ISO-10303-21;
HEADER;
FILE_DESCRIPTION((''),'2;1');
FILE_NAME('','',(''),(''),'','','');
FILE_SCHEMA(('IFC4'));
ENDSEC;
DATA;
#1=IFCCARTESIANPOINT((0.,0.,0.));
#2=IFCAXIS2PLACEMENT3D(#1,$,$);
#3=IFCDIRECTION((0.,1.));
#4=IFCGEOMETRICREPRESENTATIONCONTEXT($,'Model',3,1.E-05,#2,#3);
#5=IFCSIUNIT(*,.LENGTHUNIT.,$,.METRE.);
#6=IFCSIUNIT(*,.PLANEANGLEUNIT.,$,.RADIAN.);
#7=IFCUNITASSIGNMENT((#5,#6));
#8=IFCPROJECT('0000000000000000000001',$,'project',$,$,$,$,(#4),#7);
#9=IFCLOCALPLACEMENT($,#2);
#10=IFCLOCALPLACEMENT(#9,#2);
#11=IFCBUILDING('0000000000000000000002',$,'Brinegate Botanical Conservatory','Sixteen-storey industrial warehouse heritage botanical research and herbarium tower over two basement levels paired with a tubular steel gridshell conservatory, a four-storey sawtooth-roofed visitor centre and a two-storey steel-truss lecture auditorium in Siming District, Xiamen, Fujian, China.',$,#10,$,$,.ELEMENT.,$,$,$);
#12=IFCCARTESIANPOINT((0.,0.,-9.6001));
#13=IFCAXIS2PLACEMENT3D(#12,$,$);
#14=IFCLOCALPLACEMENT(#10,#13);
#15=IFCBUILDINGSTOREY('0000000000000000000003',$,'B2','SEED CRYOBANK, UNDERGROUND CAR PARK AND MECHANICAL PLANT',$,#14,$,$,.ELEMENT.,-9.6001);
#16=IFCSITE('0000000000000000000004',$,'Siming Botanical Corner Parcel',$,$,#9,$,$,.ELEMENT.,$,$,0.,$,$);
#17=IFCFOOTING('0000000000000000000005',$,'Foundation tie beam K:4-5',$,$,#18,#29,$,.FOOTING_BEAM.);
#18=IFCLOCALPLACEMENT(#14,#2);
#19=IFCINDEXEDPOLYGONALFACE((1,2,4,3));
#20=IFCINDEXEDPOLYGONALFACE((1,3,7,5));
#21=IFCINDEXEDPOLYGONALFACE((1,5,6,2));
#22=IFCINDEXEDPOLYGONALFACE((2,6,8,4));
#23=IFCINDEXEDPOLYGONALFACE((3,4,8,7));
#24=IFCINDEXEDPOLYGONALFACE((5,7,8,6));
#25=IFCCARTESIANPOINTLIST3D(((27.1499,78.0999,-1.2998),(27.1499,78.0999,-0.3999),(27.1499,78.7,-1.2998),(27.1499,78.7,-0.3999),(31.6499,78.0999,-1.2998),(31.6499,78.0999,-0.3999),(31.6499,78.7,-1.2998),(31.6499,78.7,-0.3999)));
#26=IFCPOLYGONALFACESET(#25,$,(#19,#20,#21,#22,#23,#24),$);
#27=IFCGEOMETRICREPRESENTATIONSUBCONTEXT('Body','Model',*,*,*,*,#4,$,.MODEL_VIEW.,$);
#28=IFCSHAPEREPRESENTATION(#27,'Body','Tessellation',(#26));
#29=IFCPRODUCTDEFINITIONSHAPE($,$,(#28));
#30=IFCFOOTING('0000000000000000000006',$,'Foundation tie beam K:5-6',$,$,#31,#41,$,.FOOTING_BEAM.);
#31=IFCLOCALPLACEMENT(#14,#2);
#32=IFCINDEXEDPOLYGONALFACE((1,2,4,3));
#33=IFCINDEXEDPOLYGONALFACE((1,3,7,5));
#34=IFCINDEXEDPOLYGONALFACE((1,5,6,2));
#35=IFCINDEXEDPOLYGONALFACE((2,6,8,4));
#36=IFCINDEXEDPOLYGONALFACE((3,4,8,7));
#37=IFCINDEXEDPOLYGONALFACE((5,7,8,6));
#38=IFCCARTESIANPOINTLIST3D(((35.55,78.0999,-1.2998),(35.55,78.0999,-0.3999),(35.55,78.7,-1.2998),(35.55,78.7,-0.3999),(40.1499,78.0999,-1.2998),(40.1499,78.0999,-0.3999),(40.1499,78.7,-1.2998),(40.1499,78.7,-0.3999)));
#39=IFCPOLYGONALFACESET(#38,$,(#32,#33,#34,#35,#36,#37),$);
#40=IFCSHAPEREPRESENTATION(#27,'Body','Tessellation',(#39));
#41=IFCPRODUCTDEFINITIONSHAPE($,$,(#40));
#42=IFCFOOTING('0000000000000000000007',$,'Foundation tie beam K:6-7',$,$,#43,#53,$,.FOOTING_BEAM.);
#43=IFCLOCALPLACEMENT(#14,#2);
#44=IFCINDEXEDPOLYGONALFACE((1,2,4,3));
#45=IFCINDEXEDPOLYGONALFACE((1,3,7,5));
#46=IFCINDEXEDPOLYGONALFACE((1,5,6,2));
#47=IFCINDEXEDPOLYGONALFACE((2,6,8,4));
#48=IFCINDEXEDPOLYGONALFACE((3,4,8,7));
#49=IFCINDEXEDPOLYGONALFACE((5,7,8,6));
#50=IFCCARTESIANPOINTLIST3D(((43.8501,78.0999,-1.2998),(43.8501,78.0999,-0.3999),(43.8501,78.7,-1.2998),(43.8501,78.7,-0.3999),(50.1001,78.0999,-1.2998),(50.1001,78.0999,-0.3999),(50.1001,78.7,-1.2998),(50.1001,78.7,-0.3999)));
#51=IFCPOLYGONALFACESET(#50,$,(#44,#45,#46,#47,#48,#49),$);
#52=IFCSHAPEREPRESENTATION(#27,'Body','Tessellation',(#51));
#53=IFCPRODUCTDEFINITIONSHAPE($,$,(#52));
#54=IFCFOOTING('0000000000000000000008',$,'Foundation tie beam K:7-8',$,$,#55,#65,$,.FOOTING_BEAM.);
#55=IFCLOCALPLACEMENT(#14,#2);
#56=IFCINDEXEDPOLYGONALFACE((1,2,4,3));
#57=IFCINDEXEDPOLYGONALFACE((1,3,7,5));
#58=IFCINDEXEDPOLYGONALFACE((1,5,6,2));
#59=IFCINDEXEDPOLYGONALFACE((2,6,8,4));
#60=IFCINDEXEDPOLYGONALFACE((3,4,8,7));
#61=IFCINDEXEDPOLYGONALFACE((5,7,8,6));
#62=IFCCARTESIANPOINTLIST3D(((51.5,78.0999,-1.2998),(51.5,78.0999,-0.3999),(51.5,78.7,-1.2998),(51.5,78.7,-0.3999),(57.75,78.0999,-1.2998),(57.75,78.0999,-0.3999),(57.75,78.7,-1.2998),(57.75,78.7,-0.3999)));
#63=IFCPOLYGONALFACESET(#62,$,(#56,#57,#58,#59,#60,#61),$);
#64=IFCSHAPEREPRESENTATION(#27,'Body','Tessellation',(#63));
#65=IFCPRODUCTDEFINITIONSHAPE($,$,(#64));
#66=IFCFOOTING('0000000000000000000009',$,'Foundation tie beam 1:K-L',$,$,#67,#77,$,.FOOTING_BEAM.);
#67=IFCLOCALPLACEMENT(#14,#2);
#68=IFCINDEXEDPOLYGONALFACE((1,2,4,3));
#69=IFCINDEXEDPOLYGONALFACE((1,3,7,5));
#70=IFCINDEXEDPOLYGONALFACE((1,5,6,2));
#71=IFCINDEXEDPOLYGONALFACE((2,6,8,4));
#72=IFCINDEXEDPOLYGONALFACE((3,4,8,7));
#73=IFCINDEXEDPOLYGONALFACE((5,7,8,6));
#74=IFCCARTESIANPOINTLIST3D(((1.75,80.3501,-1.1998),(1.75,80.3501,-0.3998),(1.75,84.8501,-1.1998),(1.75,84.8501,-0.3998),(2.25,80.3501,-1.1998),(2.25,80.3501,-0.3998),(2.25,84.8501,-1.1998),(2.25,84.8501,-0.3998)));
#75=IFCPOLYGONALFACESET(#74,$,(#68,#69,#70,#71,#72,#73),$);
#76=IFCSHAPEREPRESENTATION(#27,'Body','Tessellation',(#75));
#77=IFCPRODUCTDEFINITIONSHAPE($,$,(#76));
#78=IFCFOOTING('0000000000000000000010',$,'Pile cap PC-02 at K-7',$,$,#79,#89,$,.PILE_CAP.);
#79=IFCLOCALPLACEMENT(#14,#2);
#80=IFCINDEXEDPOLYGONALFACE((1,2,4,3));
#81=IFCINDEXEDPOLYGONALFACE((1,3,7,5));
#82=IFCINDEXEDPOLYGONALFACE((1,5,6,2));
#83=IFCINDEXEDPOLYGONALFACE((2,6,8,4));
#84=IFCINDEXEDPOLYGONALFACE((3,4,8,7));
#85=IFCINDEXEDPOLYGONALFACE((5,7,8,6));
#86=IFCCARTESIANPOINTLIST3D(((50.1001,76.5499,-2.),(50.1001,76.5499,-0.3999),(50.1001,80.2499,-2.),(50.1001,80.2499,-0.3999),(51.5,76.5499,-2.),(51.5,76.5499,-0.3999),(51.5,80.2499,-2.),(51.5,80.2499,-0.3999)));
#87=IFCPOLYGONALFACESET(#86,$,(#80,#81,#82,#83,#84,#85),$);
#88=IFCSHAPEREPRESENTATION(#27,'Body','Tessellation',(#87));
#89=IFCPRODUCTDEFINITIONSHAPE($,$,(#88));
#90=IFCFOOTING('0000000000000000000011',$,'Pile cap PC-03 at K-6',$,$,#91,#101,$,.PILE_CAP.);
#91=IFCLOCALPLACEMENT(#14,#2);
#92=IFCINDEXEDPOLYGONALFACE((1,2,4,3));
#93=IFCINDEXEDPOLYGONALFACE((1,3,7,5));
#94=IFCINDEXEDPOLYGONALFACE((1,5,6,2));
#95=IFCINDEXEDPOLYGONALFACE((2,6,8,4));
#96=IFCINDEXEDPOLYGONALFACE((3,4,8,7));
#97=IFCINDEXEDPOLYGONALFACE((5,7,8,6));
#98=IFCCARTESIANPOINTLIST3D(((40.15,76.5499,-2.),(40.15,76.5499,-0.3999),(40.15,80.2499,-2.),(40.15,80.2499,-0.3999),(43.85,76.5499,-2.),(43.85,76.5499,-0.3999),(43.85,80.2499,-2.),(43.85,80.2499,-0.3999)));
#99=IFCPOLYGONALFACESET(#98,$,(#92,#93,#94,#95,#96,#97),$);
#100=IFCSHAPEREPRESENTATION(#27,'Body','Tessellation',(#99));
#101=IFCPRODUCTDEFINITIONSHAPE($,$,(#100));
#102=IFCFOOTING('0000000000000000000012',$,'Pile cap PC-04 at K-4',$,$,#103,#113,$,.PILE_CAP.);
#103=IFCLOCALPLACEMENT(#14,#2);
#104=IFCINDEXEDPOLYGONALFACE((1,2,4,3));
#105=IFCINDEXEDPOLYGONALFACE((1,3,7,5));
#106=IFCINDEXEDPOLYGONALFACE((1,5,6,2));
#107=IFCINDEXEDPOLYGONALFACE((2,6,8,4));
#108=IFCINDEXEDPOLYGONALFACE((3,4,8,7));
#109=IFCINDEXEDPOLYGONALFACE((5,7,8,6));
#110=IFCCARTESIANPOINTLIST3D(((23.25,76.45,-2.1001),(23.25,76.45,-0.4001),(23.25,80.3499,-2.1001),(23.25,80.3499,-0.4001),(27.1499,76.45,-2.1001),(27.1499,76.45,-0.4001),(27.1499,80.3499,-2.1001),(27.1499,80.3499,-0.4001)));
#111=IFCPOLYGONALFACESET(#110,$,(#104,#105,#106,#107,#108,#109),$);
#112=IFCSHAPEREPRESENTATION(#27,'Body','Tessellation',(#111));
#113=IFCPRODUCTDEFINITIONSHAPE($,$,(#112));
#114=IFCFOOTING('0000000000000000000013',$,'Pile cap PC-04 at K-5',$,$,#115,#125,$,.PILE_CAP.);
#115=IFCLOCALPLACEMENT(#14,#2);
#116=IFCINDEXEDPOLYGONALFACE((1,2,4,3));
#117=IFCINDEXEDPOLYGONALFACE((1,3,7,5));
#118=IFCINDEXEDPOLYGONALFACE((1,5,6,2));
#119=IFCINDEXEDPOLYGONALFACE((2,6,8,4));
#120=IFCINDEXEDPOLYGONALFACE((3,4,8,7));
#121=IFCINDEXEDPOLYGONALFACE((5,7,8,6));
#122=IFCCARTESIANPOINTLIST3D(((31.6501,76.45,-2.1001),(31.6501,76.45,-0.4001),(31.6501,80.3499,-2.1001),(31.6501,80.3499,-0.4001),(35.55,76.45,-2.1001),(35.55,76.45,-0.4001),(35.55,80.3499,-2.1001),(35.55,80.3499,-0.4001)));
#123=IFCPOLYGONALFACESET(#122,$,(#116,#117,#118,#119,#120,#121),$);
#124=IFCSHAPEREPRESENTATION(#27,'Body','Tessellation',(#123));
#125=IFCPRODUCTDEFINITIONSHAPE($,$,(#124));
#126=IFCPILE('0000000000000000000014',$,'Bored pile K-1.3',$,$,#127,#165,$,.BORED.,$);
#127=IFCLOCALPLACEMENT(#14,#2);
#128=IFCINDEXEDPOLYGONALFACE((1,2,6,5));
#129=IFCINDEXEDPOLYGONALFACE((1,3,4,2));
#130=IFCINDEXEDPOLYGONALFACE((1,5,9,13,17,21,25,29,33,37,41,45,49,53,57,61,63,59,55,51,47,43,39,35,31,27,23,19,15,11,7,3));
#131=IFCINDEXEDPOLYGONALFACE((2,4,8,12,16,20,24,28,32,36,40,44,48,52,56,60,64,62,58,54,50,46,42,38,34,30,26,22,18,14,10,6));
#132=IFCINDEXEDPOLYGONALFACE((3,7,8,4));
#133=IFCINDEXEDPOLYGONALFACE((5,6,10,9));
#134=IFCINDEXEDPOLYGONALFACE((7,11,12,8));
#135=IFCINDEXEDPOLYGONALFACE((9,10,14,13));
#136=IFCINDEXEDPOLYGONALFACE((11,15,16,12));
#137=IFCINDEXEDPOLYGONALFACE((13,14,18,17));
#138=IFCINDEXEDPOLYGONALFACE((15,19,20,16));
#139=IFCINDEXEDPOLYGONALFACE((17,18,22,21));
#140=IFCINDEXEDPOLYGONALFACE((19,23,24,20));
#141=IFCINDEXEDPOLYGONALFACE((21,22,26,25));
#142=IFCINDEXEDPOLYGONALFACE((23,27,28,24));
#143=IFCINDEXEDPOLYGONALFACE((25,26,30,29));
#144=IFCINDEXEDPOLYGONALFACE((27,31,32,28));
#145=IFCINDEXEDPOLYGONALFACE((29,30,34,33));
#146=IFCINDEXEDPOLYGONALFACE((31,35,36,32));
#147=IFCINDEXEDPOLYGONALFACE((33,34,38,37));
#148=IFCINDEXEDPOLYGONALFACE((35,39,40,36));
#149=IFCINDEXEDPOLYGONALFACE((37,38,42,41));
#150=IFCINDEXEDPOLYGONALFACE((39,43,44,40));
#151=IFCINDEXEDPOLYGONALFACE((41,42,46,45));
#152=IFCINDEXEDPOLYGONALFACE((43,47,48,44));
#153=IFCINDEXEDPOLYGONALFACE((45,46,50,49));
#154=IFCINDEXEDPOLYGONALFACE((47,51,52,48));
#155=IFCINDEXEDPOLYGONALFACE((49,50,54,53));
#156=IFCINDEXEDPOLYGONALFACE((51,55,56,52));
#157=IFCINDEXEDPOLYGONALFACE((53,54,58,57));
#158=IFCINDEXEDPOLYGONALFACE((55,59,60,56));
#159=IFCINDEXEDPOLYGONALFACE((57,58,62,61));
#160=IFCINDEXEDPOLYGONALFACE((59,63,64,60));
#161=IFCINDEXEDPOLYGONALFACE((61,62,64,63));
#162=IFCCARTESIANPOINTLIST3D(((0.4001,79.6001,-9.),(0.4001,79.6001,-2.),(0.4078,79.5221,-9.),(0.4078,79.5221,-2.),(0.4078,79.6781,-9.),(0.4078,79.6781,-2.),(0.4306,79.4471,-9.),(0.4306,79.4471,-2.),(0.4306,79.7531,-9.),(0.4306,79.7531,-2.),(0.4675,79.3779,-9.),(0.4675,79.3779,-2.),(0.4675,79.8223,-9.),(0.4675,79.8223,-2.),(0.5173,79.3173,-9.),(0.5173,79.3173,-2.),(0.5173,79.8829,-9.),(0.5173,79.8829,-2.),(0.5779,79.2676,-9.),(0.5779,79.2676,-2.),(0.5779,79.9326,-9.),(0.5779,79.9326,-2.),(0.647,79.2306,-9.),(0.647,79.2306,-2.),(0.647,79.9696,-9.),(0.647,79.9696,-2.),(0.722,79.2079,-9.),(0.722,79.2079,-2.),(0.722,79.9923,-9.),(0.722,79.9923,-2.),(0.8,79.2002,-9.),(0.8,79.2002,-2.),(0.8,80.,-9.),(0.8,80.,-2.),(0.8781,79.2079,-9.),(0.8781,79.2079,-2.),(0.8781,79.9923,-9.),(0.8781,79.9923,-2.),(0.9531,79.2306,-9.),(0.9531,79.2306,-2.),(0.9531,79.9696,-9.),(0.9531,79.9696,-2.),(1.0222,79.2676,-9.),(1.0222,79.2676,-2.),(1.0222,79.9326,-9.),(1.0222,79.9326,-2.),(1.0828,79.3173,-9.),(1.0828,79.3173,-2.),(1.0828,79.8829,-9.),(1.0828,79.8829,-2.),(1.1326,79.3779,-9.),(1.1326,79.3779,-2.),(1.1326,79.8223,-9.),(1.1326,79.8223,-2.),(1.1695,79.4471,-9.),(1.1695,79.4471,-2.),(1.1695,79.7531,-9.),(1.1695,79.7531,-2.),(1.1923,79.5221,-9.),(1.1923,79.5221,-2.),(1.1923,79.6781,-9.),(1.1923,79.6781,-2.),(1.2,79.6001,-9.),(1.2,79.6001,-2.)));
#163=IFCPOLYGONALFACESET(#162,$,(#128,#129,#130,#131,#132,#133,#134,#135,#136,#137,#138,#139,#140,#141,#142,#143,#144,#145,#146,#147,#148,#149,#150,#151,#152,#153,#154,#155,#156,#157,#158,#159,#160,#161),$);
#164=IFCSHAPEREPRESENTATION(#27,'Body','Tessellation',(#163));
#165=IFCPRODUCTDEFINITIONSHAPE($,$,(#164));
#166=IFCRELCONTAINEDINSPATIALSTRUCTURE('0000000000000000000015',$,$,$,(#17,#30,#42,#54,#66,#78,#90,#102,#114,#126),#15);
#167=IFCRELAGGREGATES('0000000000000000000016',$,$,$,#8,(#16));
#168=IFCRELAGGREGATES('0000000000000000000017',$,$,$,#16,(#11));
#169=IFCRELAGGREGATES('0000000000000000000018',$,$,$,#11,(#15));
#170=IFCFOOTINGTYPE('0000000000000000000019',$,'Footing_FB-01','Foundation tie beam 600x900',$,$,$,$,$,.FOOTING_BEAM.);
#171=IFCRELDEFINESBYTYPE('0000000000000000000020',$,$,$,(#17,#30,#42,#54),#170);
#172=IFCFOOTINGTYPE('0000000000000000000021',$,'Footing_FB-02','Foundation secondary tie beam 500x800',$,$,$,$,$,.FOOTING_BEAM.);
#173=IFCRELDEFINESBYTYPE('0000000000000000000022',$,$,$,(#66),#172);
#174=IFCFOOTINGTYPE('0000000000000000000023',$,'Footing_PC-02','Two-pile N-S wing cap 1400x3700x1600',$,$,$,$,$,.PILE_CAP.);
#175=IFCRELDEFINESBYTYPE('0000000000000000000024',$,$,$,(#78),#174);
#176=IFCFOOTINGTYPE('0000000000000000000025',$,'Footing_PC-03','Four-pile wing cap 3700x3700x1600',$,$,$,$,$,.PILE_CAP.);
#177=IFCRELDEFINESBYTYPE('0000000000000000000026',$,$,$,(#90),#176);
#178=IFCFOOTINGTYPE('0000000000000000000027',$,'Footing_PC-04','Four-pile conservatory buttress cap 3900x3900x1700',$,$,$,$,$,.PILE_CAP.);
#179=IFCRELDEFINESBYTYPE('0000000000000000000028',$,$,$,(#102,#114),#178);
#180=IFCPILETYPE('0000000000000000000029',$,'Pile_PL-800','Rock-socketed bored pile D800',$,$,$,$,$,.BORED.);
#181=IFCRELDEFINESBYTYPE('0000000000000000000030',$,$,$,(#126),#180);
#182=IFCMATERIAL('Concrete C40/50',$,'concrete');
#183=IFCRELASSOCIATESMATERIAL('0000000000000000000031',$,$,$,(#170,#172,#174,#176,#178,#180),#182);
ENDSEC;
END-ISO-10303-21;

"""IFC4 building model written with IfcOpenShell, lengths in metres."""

from ifc_helpers import new_model, si_unit, direction, frame, origin, origin_2d, place, context, subcontext, project, spatial, rectangle, circle, extrude, material, material_profile, profile_set, type_object, element, save


model = new_model("IFC4")

# Units and contexts
model_context = context("Model", 3, precision=1e-05, world=origin(), true_north=direction((0.0, 1.0)))
body_context = subcontext(model_context, "Body", "Model", "MODEL_VIEW")
ifc_project = project(units=[si_unit("LENGTHUNIT", "METRE"), si_unit("PLANEANGLEUNIT", "RADIAN")], contexts=[model_context])

# Site, building, storey
site_placement = place(None, origin())
site = spatial("IfcSite", under=ifc_project, at=site_placement, Name="Siming Botanical Corner Parcel", CompositionType="ELEMENT", RefElevation=0.0)
building_placement = place(site_placement, origin())
building = spatial("IfcBuilding", under=site, at=building_placement, Name="Brinegate Botanical Conservatory", Description="Sixteen-storey industrial warehouse heritage botanical research and herbarium tower over two basement levels paired with a tubular steel gridshell conservatory, a four-storey sawtooth-roofed visitor centre and a two-storey steel-truss lecture auditorium in Siming District, Xiamen, Fujian, China.", CompositionType="ELEMENT")
storey_placement = place(building_placement, frame((0.0, 0.0, -9.6001)))
storey = spatial("IfcBuildingStorey", under=building, at=storey_placement, Name="B2", Description="SEED CRYOBANK, UNDERGROUND CAR PARK AND MECHANICAL PLANT", CompositionType="ELEMENT", Elevation=-9.6001)

# Footings
ifc_material_1 = material(Name="Concrete C40/50", Category="concrete")
ifc_material_profile_1 = material_profile(ifc_material_1, rectangle(XDim=0.6001, YDim=0.8999, at=origin_2d()), Name="RC GB 600x900")
ifc_profile_set_1 = profile_set([ifc_material_profile_1], Name="Concrete C40/50")
footing_type_1 = type_object("IfcFootingType", Name="Footing_FB-01", Description="Foundation tie beam 600x900", PredefinedType="FOOTING_BEAM", material=ifc_profile_set_1)
footing_1_placement = place(storey_placement, frame((27.1499, 78.3999, -0.8499), z_axis=(1.0, 0.0, 0.0), x_axis=(0.0, 1.0, 0.0)))
element("IfcFooting", 1, at=footing_1_placement, inside=storey, type_object=footing_type_1, Name="Foundation tie beam K:4-5", PredefinedType="FOOTING_BEAM", context=body_context, shape_type="SweptSolid", body=[
    extrude(rectangle(XDim=0.6001, YDim=0.8999, at=origin_2d()), origin(), (0.0, 0.0, 1.0), 4.5),
])
footing_2_placement = place(storey_placement, frame((35.55, 78.3999, -0.8499), z_axis=(1.0, 0.0, 0.0), x_axis=(0.0, 1.0, 0.0)))
element("IfcFooting", 2, at=footing_2_placement, inside=storey, type_object=footing_type_1, Name="Foundation tie beam K:5-6", PredefinedType="FOOTING_BEAM", context=body_context, shape_type="SweptSolid", body=[
    extrude(rectangle(XDim=0.6001, YDim=0.8999, at=origin_2d()), origin(), (0.0, 0.0, 1.0), 4.5999),
])
for number, where, z_axis, x_axis, name in (
    (3, (43.8501, 78.3999, -0.8499), (1.0, 0.0, 0.0), (0.0, 1.0, 0.0), "Foundation tie beam K:6-7"),
    (4, (51.5, 78.3999, -0.8499), (1.0, 0.0, 0.0), (0.0, 1.0, 0.0), "Foundation tie beam K:7-8"),
):
    element("IfcFooting", number, at=place(storey_placement, frame(where, z_axis=z_axis, x_axis=x_axis)), inside=storey, type_object=footing_type_1, Name=name, PredefinedType="FOOTING_BEAM", context=body_context, shape_type="SweptSolid", body=[
        extrude(rectangle(XDim=0.6001, YDim=0.8999, at=origin_2d()), origin(), (0.0, 0.0, 1.0), 6.25),
    ])
ifc_material_profile_2 = material_profile(ifc_material_1, rectangle(XDim=0.5, YDim=0.8, at=origin_2d()), Name="RC GB 500x800")
ifc_profile_set_2 = profile_set([ifc_material_profile_2], Name="Concrete C40/50")
footing_type_2 = type_object("IfcFootingType", Name="Footing_FB-02", Description="Foundation secondary tie beam 500x800", PredefinedType="FOOTING_BEAM", material=ifc_profile_set_2)
footing_3_placement = place(storey_placement, frame((2.0, 80.3501, -0.7998), z_axis=(0.0, 1.0, 0.0), x_axis=(-1.0, 0.0, 0.0)))
element("IfcFooting", 5, at=footing_3_placement, inside=storey, type_object=footing_type_2, Name="Foundation tie beam 1:K-L", PredefinedType="FOOTING_BEAM", context=body_context, shape_type="SweptSolid", body=[
    extrude(rectangle(XDim=0.5, YDim=0.8, at=origin_2d()), origin(), (0.0, 0.0, 1.0), 4.5),
])
footing_type_3 = type_object("IfcFootingType", Name="Footing_PC-02", Description="Two-pile N-S wing cap 1400x3700x1600", PredefinedType="PILE_CAP", material=ifc_material_1)
footing_4_placement = place(storey_placement, frame((50.8, 78.3999, -2.0), z_axis=(0.0, 0.0, 1.0), x_axis=(1.0, 0.0, 0.0)))
element("IfcFooting", 6, at=footing_4_placement, inside=storey, type_object=footing_type_3, Name="Pile cap PC-02 at K-7", PredefinedType="PILE_CAP", context=body_context, shape_type="SweptSolid", body=[
    extrude(rectangle(XDim=1.3999, YDim=3.7, at=origin_2d()), origin(), (0.0, 0.0, 1.0), 1.6001),
])
footing_type_4 = type_object("IfcFootingType", Name="Footing_PC-03", Description="Four-pile wing cap 3700x3700x1600", PredefinedType="PILE_CAP", material=ifc_material_1)
footing_5_placement = place(storey_placement, frame((42.0, 78.3999, -2.0), z_axis=(0.0, 0.0, 1.0), x_axis=(1.0, 0.0, 0.0)))
element("IfcFooting", 7, at=footing_5_placement, inside=storey, type_object=footing_type_4, Name="Pile cap PC-03 at K-6", PredefinedType="PILE_CAP", context=body_context, shape_type="SweptSolid", body=[
    extrude(rectangle(XDim=3.7, YDim=3.7, at=origin_2d()), origin(), (0.0, 0.0, 1.0), 1.6001),
])
footing_type_5 = type_object("IfcFootingType", Name="Footing_PC-04", Description="Four-pile conservatory buttress cap 3900x3900x1700", PredefinedType="PILE_CAP", material=ifc_material_1)
for number, where, z_axis, x_axis, name in (
    (8, (25.2, 78.3999, -2.1001), (0.0, 0.0, 1.0), (1.0, 0.0, 0.0), "Pile cap PC-04 at K-4"),
    (9, (33.6001, 78.3999, -2.1001), (0.0, 0.0, 1.0), (1.0, 0.0, 0.0), "Pile cap PC-04 at K-5"),
):
    element("IfcFooting", number, at=place(storey_placement, frame(where, z_axis=z_axis, x_axis=x_axis)), inside=storey, type_object=footing_type_5, Name=name, PredefinedType="PILE_CAP", context=body_context, shape_type="SweptSolid", body=[
        extrude(rectangle(XDim=3.8999, YDim=3.8999, at=origin_2d()), origin(), (0.0, 0.0, 1.0), 1.7),
    ])

# Pile
ifc_material_profile_3 = material_profile(ifc_material_1, circle(Radius=0.3999, at=origin_2d()), Name="PILE D800")
ifc_profile_set_3 = profile_set([ifc_material_profile_3], Name="Concrete C40/50")
pile_type = type_object("IfcPileType", Name="Pile_PL-800", Description="Rock-socketed bored pile D800", PredefinedType="BORED", material=ifc_profile_set_3)
for number, where, z_axis, x_axis, name in (
    (10, (0.8, 79.6001, -2.0), (0.0, 0.0, -1.0), (1.0, 0.0, 0.0), "Bored pile K-1.3"),
):
    element("IfcPile", number, at=place(storey_placement, frame(where, z_axis=z_axis, x_axis=x_axis)), inside=storey, type_object=pile_type, Name=name, PredefinedType="BORED", context=body_context, shape_type="SweptSolid", body=[
        extrude(circle(Radius=0.3999, at=origin_2d()), origin(), (0.0, 0.0, 1.0), 7.0),
    ])

save(model, "model.ifc")
